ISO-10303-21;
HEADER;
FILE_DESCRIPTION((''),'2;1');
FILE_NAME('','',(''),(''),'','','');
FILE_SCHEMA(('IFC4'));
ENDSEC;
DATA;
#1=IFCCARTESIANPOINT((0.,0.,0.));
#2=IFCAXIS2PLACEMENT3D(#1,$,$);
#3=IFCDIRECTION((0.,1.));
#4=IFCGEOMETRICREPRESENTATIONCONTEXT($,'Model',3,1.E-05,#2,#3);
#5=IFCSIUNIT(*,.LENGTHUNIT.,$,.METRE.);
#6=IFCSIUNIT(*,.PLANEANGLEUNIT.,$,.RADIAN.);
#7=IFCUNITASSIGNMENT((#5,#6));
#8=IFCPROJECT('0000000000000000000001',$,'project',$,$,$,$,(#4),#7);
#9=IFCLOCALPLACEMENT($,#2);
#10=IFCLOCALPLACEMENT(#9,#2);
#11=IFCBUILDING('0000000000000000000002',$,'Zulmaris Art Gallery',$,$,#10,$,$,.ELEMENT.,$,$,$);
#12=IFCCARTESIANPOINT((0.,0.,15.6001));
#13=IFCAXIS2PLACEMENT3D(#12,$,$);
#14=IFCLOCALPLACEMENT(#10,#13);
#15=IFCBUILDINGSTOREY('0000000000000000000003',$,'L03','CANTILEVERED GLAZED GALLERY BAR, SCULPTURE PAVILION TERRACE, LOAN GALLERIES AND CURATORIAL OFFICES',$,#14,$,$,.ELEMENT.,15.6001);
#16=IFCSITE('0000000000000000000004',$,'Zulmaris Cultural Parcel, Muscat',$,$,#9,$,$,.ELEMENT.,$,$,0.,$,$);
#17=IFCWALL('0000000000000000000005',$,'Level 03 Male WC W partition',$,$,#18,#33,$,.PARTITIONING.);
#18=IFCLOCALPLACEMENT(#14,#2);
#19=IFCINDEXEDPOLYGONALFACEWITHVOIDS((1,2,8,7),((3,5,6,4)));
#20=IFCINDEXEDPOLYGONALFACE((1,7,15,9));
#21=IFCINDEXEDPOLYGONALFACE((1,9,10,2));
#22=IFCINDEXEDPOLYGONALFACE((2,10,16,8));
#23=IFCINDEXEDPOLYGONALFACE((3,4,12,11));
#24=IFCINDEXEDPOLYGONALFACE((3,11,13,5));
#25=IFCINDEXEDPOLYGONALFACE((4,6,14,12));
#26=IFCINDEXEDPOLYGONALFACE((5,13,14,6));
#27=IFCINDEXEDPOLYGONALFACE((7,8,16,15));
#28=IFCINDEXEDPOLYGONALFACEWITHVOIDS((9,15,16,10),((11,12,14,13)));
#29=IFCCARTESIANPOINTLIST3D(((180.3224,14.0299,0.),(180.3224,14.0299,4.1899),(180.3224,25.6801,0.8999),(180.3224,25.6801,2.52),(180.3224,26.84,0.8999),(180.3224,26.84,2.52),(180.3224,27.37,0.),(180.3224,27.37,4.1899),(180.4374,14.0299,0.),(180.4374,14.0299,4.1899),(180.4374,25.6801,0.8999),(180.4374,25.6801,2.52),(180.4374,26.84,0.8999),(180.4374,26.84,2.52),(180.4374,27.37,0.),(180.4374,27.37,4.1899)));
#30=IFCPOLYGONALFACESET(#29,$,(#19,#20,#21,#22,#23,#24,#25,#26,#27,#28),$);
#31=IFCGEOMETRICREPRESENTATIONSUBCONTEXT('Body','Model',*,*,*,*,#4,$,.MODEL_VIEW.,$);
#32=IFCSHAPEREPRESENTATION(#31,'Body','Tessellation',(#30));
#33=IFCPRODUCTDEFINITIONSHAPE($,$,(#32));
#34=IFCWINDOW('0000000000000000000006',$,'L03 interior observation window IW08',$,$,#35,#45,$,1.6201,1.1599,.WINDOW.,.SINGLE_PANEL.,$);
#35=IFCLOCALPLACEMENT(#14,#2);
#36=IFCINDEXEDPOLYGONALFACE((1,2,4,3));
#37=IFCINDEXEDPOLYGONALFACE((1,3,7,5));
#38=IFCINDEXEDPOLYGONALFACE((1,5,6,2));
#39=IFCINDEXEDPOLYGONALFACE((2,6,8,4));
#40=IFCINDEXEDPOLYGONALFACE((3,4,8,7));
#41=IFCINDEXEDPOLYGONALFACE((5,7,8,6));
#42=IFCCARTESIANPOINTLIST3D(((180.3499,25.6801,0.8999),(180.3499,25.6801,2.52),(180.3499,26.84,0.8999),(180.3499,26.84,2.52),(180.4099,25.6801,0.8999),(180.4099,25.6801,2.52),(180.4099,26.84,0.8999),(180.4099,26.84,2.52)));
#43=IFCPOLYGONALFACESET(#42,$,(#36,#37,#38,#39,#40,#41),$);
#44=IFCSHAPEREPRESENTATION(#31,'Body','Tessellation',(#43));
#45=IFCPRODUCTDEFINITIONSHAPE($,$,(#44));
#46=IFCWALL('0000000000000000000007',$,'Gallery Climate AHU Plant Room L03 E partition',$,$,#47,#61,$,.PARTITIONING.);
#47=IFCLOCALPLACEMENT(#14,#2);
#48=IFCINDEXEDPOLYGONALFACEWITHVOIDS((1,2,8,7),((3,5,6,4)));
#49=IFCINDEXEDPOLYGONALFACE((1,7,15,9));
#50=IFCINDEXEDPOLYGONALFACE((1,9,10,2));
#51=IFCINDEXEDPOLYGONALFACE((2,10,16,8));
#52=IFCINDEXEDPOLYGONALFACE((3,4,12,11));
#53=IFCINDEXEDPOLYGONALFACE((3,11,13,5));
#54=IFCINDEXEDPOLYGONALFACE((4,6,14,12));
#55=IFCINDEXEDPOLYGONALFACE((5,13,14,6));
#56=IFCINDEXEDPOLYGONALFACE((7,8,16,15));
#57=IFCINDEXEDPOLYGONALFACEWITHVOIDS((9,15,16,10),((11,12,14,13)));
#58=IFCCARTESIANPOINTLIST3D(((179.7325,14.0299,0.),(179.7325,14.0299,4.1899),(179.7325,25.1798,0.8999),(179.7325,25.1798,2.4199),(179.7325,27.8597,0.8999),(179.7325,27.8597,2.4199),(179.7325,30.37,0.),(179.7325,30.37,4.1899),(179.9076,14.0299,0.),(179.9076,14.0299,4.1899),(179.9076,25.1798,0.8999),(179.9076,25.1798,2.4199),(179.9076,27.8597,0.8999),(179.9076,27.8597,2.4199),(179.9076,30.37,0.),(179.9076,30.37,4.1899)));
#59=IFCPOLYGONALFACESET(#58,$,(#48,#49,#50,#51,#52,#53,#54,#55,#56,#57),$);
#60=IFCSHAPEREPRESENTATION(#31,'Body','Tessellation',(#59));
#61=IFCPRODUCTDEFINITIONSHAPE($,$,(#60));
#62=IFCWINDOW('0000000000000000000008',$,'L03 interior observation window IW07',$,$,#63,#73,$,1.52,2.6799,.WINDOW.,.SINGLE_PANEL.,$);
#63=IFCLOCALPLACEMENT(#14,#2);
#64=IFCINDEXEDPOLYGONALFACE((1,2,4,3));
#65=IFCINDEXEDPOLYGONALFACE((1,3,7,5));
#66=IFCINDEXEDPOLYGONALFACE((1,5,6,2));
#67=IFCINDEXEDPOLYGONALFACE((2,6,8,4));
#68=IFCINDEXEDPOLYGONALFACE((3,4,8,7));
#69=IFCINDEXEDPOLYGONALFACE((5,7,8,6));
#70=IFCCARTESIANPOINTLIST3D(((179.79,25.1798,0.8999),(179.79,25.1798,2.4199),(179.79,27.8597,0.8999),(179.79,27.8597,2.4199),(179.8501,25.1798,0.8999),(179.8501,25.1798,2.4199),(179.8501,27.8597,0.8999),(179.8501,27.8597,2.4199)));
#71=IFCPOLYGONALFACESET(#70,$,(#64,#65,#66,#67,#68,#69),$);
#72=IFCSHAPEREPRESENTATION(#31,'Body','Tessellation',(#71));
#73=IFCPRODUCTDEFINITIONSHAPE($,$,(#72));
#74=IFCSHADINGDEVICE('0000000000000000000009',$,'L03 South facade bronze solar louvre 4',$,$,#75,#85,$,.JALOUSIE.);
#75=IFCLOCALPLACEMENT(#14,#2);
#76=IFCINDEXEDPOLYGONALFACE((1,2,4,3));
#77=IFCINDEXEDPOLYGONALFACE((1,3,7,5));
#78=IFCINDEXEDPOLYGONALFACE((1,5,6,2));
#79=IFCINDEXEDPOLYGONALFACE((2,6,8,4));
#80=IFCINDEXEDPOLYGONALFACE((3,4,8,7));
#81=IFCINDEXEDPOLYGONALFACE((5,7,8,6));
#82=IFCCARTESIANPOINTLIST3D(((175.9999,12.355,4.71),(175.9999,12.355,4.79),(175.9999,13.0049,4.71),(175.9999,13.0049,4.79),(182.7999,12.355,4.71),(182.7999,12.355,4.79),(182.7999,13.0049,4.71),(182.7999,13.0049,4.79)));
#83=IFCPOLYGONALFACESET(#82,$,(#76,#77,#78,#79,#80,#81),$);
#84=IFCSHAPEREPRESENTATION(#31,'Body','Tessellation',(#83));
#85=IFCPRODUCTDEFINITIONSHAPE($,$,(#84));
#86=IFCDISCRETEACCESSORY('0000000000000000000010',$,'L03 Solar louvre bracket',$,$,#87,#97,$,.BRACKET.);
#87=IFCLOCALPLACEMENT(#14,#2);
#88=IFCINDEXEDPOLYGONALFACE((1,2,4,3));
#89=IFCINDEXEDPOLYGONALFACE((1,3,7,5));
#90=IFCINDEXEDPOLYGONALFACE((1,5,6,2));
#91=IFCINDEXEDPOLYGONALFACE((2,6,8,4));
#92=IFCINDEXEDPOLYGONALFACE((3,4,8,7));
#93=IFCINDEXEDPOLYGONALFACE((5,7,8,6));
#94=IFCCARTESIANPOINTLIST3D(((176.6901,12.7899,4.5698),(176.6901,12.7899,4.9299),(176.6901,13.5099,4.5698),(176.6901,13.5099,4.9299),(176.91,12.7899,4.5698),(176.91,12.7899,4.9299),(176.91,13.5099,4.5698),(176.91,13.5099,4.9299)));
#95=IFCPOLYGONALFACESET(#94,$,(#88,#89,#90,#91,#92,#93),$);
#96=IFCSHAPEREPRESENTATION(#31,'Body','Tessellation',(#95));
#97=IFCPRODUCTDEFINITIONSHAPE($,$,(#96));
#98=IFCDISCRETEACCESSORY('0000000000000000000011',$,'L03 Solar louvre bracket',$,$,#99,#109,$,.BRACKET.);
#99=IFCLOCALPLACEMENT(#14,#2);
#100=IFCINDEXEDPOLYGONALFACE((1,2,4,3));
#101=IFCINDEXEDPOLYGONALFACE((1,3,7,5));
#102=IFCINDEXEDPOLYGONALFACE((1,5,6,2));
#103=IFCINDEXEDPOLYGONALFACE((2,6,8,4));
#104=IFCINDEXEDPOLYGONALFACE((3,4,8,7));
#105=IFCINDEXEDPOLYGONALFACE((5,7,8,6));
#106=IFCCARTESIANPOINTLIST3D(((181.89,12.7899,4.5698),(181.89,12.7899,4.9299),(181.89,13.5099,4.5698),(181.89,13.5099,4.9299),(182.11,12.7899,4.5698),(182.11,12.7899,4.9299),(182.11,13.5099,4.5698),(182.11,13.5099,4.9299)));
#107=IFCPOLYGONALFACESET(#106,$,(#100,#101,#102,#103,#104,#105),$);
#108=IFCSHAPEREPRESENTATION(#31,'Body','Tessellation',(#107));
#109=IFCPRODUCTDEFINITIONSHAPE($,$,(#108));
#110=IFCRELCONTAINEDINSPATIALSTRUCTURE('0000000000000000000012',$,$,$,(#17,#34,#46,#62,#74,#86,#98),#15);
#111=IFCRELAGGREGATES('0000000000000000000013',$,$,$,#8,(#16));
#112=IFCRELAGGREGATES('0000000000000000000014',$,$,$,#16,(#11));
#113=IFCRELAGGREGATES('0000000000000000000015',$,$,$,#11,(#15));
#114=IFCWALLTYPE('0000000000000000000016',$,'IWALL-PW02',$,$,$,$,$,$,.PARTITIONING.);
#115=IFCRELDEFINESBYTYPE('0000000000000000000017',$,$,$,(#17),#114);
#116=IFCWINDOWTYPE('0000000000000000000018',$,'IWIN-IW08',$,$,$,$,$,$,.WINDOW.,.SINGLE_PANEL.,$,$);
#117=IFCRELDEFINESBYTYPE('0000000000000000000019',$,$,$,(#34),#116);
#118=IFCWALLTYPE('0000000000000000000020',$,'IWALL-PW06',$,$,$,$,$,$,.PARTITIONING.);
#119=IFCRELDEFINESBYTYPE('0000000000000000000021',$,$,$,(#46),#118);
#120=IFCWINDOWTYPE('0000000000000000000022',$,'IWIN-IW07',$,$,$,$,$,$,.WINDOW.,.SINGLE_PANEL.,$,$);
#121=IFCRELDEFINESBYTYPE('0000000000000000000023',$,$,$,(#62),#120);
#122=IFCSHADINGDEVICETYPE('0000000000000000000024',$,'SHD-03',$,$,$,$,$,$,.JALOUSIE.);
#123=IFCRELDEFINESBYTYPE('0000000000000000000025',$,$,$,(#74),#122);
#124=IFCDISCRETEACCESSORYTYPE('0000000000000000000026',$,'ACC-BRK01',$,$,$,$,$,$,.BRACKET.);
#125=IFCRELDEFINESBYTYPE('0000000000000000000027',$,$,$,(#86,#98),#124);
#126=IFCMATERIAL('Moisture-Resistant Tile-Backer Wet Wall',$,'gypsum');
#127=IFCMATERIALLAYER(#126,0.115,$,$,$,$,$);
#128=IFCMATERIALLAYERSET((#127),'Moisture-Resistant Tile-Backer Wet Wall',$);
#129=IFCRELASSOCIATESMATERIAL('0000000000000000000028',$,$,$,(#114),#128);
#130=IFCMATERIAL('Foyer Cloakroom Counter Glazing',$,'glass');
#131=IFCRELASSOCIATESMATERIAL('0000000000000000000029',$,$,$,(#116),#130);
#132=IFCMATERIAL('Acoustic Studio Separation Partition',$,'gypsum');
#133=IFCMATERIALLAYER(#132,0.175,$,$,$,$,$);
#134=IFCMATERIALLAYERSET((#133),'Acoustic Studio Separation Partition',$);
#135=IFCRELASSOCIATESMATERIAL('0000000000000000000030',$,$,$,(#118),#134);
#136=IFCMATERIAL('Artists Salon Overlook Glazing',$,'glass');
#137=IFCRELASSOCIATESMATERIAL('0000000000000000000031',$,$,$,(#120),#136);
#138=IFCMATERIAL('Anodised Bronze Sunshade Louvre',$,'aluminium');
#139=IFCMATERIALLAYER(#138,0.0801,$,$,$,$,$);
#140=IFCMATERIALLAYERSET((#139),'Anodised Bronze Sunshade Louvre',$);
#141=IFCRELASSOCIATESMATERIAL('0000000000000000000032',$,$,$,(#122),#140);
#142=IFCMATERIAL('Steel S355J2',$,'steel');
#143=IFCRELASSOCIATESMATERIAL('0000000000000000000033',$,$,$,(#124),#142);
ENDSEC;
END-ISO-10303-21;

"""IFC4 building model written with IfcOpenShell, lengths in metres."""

from ifc_helpers import new_model, si_unit, direction, frame, frame_2d, origin, origin_2d, place, context, subcontext, project, spatial, rectangle, extrude, material, layer, layer_set, type_object, element, fill, save


model = new_model("IFC4")

# Units and contexts
model_context = context("Model", 3, precision=1e-05, world=origin(), true_north=direction((0.0, 1.0)))
body_context = subcontext(model_context, "Body", "Model", "MODEL_VIEW")
ifc_project = project(units=[si_unit("LENGTHUNIT", "METRE"), si_unit("PLANEANGLEUNIT", "RADIAN")], contexts=[model_context])

# Site, building, storey
site_placement = place(None, origin())
site = spatial("IfcSite", under=ifc_project, at=site_placement, Name="Zulmaris Cultural Parcel, Muscat", CompositionType="ELEMENT", RefElevation=0.0)
building_placement = place(site_placement, origin())
building = spatial("IfcBuilding", under=site, at=building_placement, Name="Zulmaris Art Gallery", CompositionType="ELEMENT")
storey_placement = place(building_placement, frame((0.0, 0.0, 15.6001)))
storey = spatial("IfcBuildingStorey", under=building, at=storey_placement, Name="L03", Description="CANTILEVERED GLAZED GALLERY BAR, SCULPTURE PAVILION TERRACE, LOAN GALLERIES AND CURATORIAL OFFICES", CompositionType="ELEMENT", Elevation=15.6001)

# Shared definitions
ifc_material_1 = material(Name="Steel S355J2", Category="steel")

# Shared definitions
ifc_material_2 = material(Name="Moisture-Resistant Tile-Backer Wet Wall", Category="gypsum")
ifc_layer_1 = layer(ifc_material_2, 0.115)
ifc_layer_set_1 = layer_set([ifc_layer_1], Name="Moisture-Resistant Tile-Backer Wet Wall")
wall_type_1 = type_object("IfcWallType", Name="IWALL-PW02", PredefinedType="PARTITIONING", material=ifc_layer_set_1)

# Walls, openings, windows
wall_1_placement = place(storey_placement, frame((180.3799, 14.03, 0.0), z_axis=(0.0, 0.0, 1.0), x_axis=(0.0, 1.0, 0.0)))
wall_1 = element("IfcWall", 1, at=wall_1_placement, inside=storey, type_object=wall_type_1, Name="Level 03 Male WC W partition", PredefinedType="PARTITIONING", context=body_context, shape_type="SweptSolid", body=[
    extrude(rectangle(XDim=13.3401, YDim=0.115, at=frame_2d((6.6699, 0.0))), origin(), (0.0, 0.0, 1.0), 4.1899),
])
opening_1_placement = place(wall_1_placement, frame((11.6499, 0.0, 0.8999)))
opening_1 = element("IfcOpeningElement", 2, at=opening_1_placement, cuts=wall_1, PredefinedType="OPENING", context=body_context, shape_type="SweptSolid", body=[
    extrude(rectangle(XDim=1.1599, YDim=1.6201, at=frame_2d((0.5801, 0.8101))), frame((0.0, 0.0674, 0.0), z_axis=(0.0, -1.0, 0.0), x_axis=(1.0, 0.0, 0.0)), (0.0, 0.0, 1.0), 0.135),
])
ifc_material_3 = material(Name="Foyer Cloakroom Counter Glazing", Category="glass")
window_type_1 = type_object("IfcWindowType", Name="IWIN-IW08", PartitioningType="SINGLE_PANEL", PredefinedType="WINDOW", material=ifc_material_3)
window_1_placement = place(opening_1_placement, origin())
window_1 = element("IfcWindow", 3, at=window_1_placement, inside=storey, type_object=window_type_1, Name="L03 interior observation window IW08", OverallHeight=1.6201, OverallWidth=1.1599, PartitioningType="SINGLE_PANEL", PredefinedType="WINDOW", context=body_context, shape_type="SweptSolid", body=[
    extrude(rectangle(XDim=1.1599, YDim=1.6201, at=frame_2d((0.5801, 0.8101))), frame((0.0, 0.03, 0.0), z_axis=(0.0, -1.0, 0.0), x_axis=(1.0, 0.0, 0.0)), (0.0, 0.0, 1.0), 0.0601),
])
fill(opening_1, window_1)
ifc_material_4 = material(Name="Acoustic Studio Separation Partition", Category="gypsum")
ifc_layer_2 = layer(ifc_material_4, 0.175)
ifc_layer_set_2 = layer_set([ifc_layer_2], Name="Acoustic Studio Separation Partition")
wall_type_2 = type_object("IfcWallType", Name="IWALL-PW06", PredefinedType="PARTITIONING", material=ifc_layer_set_2)
wall_2_placement = place(storey_placement, frame((179.8201, 14.03, 0.0), z_axis=(0.0, 0.0, 1.0), x_axis=(0.0, 1.0, 0.0)))
wall_2 = element("IfcWall", 4, at=wall_2_placement, inside=storey, type_object=wall_type_2, Name="Gallery Climate AHU Plant Room L03 E partition", PredefinedType="PARTITIONING", context=body_context, shape_type="SweptSolid", body=[
    extrude(rectangle(XDim=16.3401, YDim=0.175, at=frame_2d((8.1699, 0.0))), origin(), (0.0, 0.0, 1.0), 4.1899),
])
opening_2_placement = place(wall_2_placement, frame((11.1499, 0.0, 0.8999)))
opening_2 = element("IfcOpeningElement", 5, at=opening_2_placement, cuts=wall_2, PredefinedType="OPENING", context=body_context, shape_type="SweptSolid", body=[
    extrude(rectangle(XDim=2.6799, YDim=1.52, at=frame_2d((1.3398, 0.76))), frame((0.0, 0.0974, 0.0), z_axis=(0.0, -1.0, 0.0), x_axis=(1.0, 0.0, 0.0)), (0.0, 0.0, 1.0), 0.1951),
])
ifc_material_5 = material(Name="Artists Salon Overlook Glazing", Category="glass")
window_type_2 = type_object("IfcWindowType", Name="IWIN-IW07", PartitioningType="SINGLE_PANEL", PredefinedType="WINDOW", material=ifc_material_5)
window_2_placement = place(opening_2_placement, origin())
window_2 = element("IfcWindow", 6, at=window_2_placement, inside=storey, type_object=window_type_2, Name="L03 interior observation window IW07", OverallHeight=1.52, OverallWidth=2.6799, PartitioningType="SINGLE_PANEL", PredefinedType="WINDOW", context=body_context, shape_type="SweptSolid", body=[
    extrude(rectangle(XDim=2.6799, YDim=1.52, at=frame_2d((1.3398, 0.76))), frame((0.0, 0.03, 0.0), z_axis=(0.0, -1.0, 0.0), x_axis=(1.0, 0.0, 0.0)), (0.0, 0.0, 1.0), 0.0601),
])
fill(opening_2, window_2)

# Shading device
ifc_material_6 = material(Name="Anodised Bronze Sunshade Louvre", Category="aluminium")
ifc_layer_3 = layer(ifc_material_6, 0.0801)
ifc_layer_set_3 = layer_set([ifc_layer_3], Name="Anodised Bronze Sunshade Louvre")
shading_device_type = type_object("IfcShadingDeviceType", Name="SHD-03", PredefinedType="JALOUSIE", material=ifc_layer_set_3)
shading_device_placement = place(storey_placement, frame((179.3999, 12.6799, 4.71), z_axis=(0.0, 0.0, 1.0), x_axis=(1.0, 0.0, 0.0)))
element("IfcShadingDevice", 7, at=shading_device_placement, inside=storey, type_object=shading_device_type, Name="L03 South facade bronze solar louvre 4", PredefinedType="JALOUSIE", context=body_context, shape_type="SweptSolid", body=[
    extrude(rectangle(XDim=6.8, YDim=0.6499, at=origin_2d()), origin(), (0.0, 0.0, 1.0), 0.0801),
])

# Discrete accessories
discrete_accessory_type = type_object("IfcDiscreteAccessoryType", Name="ACC-BRK01", PredefinedType="BRACKET", material=ifc_material_1)
for number, where, z_axis, x_axis, name in (
    (8, (176.8, 13.1499, 4.5698), (0.0, 0.0, 1.0), (1.0, 0.0, 0.0), "L03 Solar louvre bracket"),
    (9, (182.0, 13.1499, 4.5698), (0.0, 0.0, 1.0), (1.0, 0.0, 0.0), "L03 Solar louvre bracket"),
):
    element("IfcDiscreteAccessory", number, at=place(storey_placement, frame(where, z_axis=z_axis, x_axis=x_axis)), inside=storey, type_object=discrete_accessory_type, Name=name, PredefinedType="BRACKET", context=body_context, shape_type="SweptSolid", body=[
        extrude(rectangle(XDim=0.22, YDim=0.72, at=origin_2d()), origin(), (0.0, 0.0, 1.0), 0.3601),
    ])

save(model, "model.ifc")
